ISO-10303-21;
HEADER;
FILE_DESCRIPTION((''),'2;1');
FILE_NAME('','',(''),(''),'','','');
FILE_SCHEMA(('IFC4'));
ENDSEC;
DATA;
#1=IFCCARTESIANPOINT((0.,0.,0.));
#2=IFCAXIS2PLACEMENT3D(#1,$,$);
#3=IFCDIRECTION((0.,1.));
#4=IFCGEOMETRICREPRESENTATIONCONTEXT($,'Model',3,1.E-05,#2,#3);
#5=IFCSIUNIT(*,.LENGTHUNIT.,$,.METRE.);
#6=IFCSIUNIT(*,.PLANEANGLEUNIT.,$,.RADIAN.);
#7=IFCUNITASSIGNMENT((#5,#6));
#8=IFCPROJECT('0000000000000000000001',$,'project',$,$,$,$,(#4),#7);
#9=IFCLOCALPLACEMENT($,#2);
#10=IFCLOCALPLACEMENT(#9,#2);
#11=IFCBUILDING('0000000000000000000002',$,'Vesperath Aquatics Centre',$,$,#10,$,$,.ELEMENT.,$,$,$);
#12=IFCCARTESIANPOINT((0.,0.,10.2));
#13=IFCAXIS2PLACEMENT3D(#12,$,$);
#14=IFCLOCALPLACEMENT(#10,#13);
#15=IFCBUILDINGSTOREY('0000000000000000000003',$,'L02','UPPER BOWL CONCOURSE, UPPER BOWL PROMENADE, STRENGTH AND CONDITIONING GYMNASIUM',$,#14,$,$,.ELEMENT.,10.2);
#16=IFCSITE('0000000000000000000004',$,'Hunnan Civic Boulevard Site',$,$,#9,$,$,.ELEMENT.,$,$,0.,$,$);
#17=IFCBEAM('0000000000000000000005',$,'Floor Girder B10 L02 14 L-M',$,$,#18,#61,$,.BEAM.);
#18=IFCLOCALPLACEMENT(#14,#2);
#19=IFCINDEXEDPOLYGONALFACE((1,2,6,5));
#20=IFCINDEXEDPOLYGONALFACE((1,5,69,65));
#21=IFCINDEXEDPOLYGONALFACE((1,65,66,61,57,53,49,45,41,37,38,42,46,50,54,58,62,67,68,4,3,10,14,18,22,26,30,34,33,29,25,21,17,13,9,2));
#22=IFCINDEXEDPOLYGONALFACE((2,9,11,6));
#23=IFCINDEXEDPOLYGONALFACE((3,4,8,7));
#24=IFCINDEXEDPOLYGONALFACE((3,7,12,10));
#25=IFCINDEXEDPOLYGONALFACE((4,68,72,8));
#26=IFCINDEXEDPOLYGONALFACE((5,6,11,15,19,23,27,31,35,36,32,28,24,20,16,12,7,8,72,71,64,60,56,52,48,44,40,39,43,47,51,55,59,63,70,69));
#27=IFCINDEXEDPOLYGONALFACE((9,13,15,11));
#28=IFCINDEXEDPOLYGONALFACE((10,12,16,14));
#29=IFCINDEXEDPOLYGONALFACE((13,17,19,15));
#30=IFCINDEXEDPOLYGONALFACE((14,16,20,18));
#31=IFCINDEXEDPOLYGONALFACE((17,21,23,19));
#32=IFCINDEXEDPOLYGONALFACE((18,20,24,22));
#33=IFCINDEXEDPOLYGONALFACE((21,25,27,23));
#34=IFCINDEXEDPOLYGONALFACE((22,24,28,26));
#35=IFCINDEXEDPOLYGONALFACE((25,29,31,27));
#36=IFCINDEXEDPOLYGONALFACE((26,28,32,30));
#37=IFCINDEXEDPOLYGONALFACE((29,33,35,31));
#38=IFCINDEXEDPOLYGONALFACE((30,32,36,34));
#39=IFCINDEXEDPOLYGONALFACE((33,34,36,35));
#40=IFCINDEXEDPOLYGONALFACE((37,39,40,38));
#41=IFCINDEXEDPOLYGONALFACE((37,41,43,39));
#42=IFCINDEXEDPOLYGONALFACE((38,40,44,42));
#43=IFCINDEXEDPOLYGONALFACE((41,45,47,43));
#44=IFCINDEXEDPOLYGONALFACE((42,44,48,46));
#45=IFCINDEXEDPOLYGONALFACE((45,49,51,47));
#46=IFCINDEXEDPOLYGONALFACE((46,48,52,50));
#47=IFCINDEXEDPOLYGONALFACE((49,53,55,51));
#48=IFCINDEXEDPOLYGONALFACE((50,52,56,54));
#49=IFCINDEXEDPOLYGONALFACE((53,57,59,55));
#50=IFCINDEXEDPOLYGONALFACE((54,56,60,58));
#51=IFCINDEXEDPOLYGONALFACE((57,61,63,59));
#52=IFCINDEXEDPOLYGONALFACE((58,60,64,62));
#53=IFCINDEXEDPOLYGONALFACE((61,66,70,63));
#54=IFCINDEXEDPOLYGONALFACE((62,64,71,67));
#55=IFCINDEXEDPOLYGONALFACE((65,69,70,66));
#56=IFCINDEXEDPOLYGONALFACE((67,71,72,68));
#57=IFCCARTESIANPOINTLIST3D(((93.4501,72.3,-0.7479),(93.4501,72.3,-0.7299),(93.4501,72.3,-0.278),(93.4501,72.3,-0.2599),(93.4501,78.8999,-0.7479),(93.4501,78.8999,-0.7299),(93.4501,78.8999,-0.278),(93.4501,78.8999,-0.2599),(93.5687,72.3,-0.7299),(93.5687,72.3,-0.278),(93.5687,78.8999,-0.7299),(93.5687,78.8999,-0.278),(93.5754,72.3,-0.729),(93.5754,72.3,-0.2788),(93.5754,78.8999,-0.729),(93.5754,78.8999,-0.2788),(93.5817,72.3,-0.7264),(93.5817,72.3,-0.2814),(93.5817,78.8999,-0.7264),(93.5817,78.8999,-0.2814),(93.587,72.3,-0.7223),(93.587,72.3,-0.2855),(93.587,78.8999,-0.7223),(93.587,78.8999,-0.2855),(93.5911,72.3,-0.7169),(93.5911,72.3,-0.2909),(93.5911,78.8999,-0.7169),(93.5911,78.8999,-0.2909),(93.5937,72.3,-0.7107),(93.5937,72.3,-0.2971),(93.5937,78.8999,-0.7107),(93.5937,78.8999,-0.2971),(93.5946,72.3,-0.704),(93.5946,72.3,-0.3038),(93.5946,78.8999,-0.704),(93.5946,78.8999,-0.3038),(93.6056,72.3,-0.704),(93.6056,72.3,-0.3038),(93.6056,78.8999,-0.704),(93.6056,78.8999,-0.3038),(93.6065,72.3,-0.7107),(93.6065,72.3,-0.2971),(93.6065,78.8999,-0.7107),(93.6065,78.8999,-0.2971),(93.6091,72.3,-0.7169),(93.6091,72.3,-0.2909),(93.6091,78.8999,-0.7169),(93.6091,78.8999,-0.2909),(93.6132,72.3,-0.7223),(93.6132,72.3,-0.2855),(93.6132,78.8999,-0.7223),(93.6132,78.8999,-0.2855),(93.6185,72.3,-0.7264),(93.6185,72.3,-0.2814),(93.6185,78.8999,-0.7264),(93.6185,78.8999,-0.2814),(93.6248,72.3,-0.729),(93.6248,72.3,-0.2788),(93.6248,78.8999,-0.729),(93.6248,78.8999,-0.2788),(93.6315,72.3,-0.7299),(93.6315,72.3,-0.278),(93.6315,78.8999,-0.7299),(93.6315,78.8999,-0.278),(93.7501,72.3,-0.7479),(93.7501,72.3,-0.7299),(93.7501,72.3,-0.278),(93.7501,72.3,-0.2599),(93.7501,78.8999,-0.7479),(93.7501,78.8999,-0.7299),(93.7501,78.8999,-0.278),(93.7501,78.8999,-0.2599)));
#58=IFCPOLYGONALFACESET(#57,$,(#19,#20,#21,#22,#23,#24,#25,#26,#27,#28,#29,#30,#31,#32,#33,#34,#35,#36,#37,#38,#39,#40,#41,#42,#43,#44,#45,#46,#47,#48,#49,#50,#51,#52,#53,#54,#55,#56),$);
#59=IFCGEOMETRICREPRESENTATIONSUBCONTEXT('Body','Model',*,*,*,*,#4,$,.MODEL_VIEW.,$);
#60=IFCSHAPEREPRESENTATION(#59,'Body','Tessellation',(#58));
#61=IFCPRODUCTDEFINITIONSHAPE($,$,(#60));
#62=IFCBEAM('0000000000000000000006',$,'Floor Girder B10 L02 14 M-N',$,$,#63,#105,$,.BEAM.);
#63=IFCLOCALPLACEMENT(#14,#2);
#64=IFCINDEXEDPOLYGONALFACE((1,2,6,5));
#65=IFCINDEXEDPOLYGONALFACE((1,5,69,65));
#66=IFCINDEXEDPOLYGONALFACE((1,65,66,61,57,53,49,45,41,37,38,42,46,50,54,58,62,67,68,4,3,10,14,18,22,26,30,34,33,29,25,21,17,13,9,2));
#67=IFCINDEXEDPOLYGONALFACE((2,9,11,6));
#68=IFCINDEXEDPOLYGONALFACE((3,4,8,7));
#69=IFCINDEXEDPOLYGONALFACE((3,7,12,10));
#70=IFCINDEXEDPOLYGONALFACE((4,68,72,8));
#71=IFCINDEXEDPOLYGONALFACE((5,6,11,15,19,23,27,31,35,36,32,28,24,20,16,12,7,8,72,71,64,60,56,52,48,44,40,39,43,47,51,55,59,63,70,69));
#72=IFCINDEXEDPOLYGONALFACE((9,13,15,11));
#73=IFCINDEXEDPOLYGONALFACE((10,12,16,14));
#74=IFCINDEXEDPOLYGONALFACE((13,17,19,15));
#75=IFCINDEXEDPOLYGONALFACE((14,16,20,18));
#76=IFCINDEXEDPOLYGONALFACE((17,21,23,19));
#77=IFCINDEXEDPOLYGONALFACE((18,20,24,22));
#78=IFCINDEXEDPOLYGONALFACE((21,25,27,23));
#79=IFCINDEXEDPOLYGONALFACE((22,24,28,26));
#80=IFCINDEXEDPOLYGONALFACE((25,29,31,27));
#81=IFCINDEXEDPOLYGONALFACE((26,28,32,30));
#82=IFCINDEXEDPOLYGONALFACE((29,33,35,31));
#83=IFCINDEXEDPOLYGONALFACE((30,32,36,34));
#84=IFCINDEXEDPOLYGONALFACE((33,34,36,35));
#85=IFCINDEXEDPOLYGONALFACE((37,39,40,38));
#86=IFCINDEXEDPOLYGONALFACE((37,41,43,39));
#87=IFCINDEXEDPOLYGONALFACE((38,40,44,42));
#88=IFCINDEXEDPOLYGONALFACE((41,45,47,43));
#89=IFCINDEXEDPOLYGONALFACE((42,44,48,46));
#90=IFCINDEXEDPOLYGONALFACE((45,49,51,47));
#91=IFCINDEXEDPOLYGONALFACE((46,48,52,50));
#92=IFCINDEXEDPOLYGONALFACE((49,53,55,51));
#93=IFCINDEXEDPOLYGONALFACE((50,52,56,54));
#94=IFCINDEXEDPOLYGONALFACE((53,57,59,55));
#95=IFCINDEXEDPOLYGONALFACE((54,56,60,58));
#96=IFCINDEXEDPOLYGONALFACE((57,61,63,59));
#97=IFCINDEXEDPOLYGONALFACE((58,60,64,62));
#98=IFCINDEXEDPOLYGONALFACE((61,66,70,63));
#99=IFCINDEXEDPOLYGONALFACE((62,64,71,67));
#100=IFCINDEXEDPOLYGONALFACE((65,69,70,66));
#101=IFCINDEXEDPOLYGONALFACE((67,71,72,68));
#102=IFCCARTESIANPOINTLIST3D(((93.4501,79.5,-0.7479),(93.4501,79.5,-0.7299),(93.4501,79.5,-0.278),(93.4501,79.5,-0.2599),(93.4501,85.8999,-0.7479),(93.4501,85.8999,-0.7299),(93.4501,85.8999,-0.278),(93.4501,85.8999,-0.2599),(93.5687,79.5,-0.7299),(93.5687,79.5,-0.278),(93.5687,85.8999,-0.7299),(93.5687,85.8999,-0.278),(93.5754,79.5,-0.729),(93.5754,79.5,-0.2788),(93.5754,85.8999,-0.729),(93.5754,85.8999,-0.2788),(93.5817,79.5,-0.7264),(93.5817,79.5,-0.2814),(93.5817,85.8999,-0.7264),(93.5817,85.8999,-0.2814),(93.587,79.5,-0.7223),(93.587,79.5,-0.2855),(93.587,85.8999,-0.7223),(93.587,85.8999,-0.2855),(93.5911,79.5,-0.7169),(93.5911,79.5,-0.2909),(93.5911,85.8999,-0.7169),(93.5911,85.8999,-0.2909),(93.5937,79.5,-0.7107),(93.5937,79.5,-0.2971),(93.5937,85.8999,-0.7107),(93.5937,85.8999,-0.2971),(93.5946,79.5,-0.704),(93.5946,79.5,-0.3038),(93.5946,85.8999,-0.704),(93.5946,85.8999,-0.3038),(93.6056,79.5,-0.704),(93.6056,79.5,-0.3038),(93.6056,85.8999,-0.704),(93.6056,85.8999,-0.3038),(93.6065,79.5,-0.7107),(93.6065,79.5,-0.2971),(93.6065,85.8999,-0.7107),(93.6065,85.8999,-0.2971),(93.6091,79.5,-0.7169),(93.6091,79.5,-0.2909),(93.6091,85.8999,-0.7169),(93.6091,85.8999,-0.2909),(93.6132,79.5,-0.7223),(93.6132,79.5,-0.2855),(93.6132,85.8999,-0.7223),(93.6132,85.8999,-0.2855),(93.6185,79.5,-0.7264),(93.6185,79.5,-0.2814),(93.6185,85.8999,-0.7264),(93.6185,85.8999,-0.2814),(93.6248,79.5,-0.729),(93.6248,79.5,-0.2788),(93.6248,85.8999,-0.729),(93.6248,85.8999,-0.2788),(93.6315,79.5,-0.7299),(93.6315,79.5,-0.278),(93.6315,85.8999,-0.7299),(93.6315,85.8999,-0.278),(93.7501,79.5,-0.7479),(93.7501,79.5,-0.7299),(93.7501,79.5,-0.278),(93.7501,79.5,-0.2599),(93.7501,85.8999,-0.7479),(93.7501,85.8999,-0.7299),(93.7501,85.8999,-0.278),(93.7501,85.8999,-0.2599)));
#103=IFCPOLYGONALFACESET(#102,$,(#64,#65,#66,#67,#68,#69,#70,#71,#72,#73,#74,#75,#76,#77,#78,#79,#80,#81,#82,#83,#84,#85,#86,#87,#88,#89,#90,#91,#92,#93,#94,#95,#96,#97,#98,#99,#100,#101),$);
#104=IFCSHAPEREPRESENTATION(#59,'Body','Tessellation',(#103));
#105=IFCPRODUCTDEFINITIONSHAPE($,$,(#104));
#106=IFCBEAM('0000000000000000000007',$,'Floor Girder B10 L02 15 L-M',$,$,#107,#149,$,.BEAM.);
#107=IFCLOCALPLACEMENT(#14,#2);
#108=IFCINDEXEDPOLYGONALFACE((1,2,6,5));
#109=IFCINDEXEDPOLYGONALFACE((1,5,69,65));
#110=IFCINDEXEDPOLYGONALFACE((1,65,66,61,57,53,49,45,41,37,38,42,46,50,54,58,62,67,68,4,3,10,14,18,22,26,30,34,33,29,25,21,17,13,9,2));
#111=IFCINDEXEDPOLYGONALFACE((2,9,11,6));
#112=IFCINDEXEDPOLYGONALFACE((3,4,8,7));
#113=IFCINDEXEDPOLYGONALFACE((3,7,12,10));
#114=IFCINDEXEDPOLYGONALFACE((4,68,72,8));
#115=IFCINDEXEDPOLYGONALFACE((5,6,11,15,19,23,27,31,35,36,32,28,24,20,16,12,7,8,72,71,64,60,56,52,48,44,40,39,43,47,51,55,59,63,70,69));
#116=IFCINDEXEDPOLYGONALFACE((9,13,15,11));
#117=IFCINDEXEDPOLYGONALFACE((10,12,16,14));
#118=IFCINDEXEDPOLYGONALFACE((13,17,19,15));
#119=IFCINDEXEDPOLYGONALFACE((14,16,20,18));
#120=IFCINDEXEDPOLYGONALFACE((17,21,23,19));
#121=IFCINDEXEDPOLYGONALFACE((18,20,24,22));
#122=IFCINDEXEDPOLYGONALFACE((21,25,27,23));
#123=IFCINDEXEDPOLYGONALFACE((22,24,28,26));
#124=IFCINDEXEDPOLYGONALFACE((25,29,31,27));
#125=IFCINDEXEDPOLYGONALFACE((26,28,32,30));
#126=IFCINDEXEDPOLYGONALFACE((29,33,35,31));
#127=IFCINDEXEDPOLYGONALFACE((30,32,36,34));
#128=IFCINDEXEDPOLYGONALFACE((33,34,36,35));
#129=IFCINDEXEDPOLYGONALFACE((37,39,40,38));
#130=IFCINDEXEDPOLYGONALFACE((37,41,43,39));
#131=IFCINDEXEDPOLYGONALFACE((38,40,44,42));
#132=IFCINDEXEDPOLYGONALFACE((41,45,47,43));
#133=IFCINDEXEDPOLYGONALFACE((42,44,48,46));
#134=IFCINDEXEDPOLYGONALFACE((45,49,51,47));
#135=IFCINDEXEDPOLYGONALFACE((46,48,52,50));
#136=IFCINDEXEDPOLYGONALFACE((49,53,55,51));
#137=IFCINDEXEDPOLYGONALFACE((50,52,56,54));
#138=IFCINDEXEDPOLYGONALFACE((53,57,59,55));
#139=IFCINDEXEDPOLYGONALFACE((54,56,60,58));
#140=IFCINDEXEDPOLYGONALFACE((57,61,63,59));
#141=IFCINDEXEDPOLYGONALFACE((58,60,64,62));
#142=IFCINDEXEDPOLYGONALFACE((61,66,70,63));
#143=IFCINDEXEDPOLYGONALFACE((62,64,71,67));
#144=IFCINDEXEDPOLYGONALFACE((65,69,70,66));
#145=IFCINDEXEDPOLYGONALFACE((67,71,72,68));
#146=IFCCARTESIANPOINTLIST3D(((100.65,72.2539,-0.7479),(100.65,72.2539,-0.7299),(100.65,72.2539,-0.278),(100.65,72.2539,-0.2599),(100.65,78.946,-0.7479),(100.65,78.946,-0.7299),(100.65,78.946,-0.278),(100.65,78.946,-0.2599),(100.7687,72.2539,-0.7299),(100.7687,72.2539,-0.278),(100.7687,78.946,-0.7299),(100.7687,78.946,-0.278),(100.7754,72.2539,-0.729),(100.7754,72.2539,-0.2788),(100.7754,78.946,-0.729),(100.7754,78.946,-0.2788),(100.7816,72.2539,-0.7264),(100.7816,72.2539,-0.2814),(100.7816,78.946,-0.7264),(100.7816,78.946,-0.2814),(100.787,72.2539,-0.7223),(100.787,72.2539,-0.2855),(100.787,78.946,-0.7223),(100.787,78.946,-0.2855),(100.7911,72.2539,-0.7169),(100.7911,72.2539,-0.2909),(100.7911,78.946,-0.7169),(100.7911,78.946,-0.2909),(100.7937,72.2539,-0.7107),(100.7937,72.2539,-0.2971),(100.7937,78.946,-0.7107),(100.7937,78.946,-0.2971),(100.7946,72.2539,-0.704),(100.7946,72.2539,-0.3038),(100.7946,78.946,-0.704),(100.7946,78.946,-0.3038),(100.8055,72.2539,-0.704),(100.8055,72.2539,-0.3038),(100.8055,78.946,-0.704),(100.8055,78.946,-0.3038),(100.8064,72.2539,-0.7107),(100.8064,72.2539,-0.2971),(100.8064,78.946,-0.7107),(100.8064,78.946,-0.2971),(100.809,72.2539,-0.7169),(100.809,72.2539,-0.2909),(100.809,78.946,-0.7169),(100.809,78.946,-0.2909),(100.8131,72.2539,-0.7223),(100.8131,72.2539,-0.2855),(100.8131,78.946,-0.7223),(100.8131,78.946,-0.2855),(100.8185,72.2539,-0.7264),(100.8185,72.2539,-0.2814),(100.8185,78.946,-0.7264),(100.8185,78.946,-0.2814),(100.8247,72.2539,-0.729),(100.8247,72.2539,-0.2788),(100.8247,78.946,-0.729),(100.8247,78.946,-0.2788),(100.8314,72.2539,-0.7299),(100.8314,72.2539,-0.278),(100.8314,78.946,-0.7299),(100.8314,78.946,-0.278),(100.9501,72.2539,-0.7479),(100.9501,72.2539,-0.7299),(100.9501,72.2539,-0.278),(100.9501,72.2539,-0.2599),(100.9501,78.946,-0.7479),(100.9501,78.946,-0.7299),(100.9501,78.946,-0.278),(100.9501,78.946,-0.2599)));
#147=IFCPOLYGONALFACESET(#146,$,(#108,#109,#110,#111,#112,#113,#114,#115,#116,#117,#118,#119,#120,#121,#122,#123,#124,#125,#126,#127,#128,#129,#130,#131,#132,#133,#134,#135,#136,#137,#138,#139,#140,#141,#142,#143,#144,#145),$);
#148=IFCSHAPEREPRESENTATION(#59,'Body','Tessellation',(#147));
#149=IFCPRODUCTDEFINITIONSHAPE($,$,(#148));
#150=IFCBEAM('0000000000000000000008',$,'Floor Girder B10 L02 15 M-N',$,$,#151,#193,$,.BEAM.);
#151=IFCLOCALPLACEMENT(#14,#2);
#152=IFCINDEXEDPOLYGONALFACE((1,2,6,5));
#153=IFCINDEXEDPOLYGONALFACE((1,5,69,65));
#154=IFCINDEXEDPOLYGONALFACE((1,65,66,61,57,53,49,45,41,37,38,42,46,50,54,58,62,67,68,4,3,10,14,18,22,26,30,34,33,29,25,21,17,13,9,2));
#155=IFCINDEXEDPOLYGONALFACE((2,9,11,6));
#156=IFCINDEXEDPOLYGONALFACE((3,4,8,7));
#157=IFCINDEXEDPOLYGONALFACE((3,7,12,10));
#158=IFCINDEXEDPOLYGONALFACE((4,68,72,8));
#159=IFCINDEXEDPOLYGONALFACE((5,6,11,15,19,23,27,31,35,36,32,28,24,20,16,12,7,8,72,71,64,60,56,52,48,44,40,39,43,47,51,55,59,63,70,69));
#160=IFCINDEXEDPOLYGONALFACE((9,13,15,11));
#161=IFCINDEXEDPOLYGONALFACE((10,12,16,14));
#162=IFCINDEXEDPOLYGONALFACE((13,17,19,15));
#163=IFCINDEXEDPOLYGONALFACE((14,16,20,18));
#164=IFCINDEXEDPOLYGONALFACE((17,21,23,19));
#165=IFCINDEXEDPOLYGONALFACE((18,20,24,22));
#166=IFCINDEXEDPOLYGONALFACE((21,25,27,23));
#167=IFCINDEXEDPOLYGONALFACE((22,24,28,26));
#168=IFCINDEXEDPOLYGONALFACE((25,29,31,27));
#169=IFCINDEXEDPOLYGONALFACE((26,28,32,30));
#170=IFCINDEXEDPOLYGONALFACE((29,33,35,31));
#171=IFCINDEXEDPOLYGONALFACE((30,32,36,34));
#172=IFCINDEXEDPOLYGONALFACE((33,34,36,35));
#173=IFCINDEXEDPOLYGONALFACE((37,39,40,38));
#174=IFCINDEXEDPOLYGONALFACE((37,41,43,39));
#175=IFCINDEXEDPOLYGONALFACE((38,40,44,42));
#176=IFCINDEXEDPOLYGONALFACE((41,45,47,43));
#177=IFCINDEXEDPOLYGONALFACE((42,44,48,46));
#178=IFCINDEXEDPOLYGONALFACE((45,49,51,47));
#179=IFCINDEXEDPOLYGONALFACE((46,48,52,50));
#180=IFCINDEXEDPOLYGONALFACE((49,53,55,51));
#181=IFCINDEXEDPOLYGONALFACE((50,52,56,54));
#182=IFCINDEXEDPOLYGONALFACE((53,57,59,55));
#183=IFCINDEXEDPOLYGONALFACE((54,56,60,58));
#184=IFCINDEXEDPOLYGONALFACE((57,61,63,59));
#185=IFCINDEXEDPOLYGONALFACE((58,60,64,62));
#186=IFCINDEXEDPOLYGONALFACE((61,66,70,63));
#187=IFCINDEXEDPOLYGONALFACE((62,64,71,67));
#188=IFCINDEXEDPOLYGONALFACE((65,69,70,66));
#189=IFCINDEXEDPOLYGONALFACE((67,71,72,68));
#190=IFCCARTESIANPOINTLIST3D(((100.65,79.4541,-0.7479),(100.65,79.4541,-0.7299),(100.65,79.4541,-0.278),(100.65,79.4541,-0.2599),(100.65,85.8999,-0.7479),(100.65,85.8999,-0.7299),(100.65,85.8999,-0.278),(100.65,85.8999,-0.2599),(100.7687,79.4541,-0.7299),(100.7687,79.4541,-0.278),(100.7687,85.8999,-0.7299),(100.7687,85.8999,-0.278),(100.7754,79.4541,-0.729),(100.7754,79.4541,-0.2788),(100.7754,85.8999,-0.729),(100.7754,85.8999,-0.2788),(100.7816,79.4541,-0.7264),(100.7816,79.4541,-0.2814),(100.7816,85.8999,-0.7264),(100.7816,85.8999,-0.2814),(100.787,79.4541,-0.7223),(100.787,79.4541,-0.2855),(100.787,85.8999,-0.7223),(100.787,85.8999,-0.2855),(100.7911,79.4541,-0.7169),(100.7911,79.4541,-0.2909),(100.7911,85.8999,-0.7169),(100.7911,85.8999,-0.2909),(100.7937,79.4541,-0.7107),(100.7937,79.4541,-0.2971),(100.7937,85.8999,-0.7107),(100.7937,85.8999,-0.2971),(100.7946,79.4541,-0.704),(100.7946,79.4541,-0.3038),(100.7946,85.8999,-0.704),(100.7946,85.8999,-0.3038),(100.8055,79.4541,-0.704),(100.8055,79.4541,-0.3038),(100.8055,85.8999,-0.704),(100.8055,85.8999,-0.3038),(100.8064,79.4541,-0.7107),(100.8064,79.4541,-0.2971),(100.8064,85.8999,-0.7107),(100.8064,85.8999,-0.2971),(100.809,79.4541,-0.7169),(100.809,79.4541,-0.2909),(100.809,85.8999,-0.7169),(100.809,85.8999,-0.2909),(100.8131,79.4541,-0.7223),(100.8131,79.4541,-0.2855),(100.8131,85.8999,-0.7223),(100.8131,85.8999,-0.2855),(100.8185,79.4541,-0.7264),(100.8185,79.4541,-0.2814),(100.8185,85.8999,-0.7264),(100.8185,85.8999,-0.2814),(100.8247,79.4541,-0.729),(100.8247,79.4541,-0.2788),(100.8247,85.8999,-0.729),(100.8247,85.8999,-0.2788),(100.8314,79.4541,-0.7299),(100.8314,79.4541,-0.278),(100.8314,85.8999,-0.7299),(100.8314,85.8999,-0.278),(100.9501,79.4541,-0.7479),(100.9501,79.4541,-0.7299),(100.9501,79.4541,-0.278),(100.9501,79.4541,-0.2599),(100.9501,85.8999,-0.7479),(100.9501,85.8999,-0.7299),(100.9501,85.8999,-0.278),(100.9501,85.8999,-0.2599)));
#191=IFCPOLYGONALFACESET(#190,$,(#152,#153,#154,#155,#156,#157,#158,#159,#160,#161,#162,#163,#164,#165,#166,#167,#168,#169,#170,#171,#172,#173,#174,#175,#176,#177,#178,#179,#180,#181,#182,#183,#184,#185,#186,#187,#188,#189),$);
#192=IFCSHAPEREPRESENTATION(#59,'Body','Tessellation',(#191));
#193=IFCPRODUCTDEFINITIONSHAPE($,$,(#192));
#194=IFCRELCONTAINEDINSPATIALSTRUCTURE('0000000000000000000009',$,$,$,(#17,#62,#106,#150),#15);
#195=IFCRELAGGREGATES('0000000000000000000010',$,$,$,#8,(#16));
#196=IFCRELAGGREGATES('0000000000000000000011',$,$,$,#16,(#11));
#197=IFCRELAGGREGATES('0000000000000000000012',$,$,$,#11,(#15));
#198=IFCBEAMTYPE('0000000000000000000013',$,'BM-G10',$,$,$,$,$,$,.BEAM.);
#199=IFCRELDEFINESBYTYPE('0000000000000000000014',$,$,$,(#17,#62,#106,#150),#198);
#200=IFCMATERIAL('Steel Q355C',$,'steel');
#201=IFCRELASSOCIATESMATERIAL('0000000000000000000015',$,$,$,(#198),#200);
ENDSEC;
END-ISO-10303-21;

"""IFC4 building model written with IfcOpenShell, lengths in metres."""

from ifc_helpers import new_model, si_unit, direction, frame, origin, origin_2d, place, context, subcontext, project, spatial, i_section, extrude, material, material_profile, profile_set, type_object, element, save


model = new_model("IFC4")

# Units and contexts
model_context = context("Model", 3, precision=1e-05, world=origin(), true_north=direction((0.0, 1.0)))
body_context = subcontext(model_context, "Body", "Model", "MODEL_VIEW")
ifc_project = project(units=[si_unit("LENGTHUNIT", "METRE"), si_unit("PLANEANGLEUNIT", "RADIAN")], contexts=[model_context])

# Site, building, storey
site_placement = place(None, origin())
site = spatial("IfcSite", under=ifc_project, at=site_placement, Name="Hunnan Civic Boulevard Site", CompositionType="ELEMENT", RefElevation=0.0)
building_placement = place(site_placement, origin())
building = spatial("IfcBuilding", under=site, at=building_placement, Name="Vesperath Aquatics Centre", CompositionType="ELEMENT")
storey_placement = place(building_placement, frame((0.0, 0.0, 10.2)))
storey = spatial("IfcBuildingStorey", under=building, at=storey_placement, Name="L02", Description="UPPER BOWL CONCOURSE, UPPER BOWL PROMENADE, STRENGTH AND CONDITIONING GYMNASIUM", CompositionType="ELEMENT", Elevation=10.2)

# Beams
ifc_material_1 = material(Name="Steel Q355C", Category="steel")
ifc_material_profile_1 = material_profile(ifc_material_1, i_section(OverallWidth=0.3, OverallDepth=0.488, WebThickness=0.011, FlangeThickness=0.0181, FilletRadius=0.0259, at=origin_2d()), Name="HM 488x300x11x18")
ifc_profile_set_1 = profile_set([ifc_material_profile_1], Name="Steel Q355C")
beam_type_1 = type_object("IfcBeamType", Name="BM-G10", PredefinedType="BEAM", material=ifc_profile_set_1)
for number, where, z_axis, x_axis, name in (
    (1, (93.6001, 72.3, -0.5039), (0.0, 1.0, 0.0), (-1.0, 0.0, 0.0), "Floor Girder B10 L02 14 L-M"),
):
    element("IfcBeam", number, at=place(storey_placement, frame(where, z_axis=z_axis, x_axis=x_axis)), inside=storey, type_object=beam_type_1, Name=name, PredefinedType="BEAM", context=body_context, shape_type="SweptSolid", body=[
        extrude(i_section(OverallWidth=0.3, OverallDepth=0.488, WebThickness=0.011, FlangeThickness=0.0181, FilletRadius=0.0259, at=origin_2d()), origin(), (0.0, 0.0, 1.0), 6.5999),
    ])
beam_1_placement = place(storey_placement, frame((93.6001, 79.5, -0.5039), z_axis=(0.0, 1.0, 0.0), x_axis=(-1.0, 0.0, 0.0)))
element("IfcBeam", 2, at=beam_1_placement, inside=storey, type_object=beam_type_1, Name="Floor Girder B10 L02 14 M-N", PredefinedType="BEAM", context=body_context, shape_type="SweptSolid", body=[
    extrude(i_section(OverallWidth=0.3, OverallDepth=0.488, WebThickness=0.011, FlangeThickness=0.0181, FilletRadius=0.0259, at=origin_2d()), origin(), (0.0, 0.0, 1.0), 6.3999),
])
beam_2_placement = place(storey_placement, frame((100.8, 72.2539, -0.5039), z_axis=(0.0, 1.0, 0.0), x_axis=(-1.0, 0.0, 0.0)))
element("IfcBeam", 3, at=beam_2_placement, inside=storey, type_object=beam_type_1, Name="Floor Girder B10 L02 15 L-M", PredefinedType="BEAM", context=body_context, shape_type="SweptSolid", body=[
    extrude(i_section(OverallWidth=0.3, OverallDepth=0.488, WebThickness=0.011, FlangeThickness=0.0181, FilletRadius=0.0259, at=origin_2d()), origin(), (0.0, 0.0, 1.0), 6.6921),
])
beam_3_placement = place(storey_placement, frame((100.8, 79.4541, -0.5039), z_axis=(0.0, 1.0, 0.0), x_axis=(-1.0, 0.0, 0.0)))
element("IfcBeam", 4, at=beam_3_placement, inside=storey, type_object=beam_type_1, Name="Floor Girder B10 L02 15 M-N", PredefinedType="BEAM", context=body_context, shape_type="SweptSolid", body=[
    extrude(i_section(OverallWidth=0.3, OverallDepth=0.488, WebThickness=0.011, FlangeThickness=0.0181, FilletRadius=0.0259, at=origin_2d()), origin(), (0.0, 0.0, 1.0), 6.4458),
])

save(model, "model.ifc")
